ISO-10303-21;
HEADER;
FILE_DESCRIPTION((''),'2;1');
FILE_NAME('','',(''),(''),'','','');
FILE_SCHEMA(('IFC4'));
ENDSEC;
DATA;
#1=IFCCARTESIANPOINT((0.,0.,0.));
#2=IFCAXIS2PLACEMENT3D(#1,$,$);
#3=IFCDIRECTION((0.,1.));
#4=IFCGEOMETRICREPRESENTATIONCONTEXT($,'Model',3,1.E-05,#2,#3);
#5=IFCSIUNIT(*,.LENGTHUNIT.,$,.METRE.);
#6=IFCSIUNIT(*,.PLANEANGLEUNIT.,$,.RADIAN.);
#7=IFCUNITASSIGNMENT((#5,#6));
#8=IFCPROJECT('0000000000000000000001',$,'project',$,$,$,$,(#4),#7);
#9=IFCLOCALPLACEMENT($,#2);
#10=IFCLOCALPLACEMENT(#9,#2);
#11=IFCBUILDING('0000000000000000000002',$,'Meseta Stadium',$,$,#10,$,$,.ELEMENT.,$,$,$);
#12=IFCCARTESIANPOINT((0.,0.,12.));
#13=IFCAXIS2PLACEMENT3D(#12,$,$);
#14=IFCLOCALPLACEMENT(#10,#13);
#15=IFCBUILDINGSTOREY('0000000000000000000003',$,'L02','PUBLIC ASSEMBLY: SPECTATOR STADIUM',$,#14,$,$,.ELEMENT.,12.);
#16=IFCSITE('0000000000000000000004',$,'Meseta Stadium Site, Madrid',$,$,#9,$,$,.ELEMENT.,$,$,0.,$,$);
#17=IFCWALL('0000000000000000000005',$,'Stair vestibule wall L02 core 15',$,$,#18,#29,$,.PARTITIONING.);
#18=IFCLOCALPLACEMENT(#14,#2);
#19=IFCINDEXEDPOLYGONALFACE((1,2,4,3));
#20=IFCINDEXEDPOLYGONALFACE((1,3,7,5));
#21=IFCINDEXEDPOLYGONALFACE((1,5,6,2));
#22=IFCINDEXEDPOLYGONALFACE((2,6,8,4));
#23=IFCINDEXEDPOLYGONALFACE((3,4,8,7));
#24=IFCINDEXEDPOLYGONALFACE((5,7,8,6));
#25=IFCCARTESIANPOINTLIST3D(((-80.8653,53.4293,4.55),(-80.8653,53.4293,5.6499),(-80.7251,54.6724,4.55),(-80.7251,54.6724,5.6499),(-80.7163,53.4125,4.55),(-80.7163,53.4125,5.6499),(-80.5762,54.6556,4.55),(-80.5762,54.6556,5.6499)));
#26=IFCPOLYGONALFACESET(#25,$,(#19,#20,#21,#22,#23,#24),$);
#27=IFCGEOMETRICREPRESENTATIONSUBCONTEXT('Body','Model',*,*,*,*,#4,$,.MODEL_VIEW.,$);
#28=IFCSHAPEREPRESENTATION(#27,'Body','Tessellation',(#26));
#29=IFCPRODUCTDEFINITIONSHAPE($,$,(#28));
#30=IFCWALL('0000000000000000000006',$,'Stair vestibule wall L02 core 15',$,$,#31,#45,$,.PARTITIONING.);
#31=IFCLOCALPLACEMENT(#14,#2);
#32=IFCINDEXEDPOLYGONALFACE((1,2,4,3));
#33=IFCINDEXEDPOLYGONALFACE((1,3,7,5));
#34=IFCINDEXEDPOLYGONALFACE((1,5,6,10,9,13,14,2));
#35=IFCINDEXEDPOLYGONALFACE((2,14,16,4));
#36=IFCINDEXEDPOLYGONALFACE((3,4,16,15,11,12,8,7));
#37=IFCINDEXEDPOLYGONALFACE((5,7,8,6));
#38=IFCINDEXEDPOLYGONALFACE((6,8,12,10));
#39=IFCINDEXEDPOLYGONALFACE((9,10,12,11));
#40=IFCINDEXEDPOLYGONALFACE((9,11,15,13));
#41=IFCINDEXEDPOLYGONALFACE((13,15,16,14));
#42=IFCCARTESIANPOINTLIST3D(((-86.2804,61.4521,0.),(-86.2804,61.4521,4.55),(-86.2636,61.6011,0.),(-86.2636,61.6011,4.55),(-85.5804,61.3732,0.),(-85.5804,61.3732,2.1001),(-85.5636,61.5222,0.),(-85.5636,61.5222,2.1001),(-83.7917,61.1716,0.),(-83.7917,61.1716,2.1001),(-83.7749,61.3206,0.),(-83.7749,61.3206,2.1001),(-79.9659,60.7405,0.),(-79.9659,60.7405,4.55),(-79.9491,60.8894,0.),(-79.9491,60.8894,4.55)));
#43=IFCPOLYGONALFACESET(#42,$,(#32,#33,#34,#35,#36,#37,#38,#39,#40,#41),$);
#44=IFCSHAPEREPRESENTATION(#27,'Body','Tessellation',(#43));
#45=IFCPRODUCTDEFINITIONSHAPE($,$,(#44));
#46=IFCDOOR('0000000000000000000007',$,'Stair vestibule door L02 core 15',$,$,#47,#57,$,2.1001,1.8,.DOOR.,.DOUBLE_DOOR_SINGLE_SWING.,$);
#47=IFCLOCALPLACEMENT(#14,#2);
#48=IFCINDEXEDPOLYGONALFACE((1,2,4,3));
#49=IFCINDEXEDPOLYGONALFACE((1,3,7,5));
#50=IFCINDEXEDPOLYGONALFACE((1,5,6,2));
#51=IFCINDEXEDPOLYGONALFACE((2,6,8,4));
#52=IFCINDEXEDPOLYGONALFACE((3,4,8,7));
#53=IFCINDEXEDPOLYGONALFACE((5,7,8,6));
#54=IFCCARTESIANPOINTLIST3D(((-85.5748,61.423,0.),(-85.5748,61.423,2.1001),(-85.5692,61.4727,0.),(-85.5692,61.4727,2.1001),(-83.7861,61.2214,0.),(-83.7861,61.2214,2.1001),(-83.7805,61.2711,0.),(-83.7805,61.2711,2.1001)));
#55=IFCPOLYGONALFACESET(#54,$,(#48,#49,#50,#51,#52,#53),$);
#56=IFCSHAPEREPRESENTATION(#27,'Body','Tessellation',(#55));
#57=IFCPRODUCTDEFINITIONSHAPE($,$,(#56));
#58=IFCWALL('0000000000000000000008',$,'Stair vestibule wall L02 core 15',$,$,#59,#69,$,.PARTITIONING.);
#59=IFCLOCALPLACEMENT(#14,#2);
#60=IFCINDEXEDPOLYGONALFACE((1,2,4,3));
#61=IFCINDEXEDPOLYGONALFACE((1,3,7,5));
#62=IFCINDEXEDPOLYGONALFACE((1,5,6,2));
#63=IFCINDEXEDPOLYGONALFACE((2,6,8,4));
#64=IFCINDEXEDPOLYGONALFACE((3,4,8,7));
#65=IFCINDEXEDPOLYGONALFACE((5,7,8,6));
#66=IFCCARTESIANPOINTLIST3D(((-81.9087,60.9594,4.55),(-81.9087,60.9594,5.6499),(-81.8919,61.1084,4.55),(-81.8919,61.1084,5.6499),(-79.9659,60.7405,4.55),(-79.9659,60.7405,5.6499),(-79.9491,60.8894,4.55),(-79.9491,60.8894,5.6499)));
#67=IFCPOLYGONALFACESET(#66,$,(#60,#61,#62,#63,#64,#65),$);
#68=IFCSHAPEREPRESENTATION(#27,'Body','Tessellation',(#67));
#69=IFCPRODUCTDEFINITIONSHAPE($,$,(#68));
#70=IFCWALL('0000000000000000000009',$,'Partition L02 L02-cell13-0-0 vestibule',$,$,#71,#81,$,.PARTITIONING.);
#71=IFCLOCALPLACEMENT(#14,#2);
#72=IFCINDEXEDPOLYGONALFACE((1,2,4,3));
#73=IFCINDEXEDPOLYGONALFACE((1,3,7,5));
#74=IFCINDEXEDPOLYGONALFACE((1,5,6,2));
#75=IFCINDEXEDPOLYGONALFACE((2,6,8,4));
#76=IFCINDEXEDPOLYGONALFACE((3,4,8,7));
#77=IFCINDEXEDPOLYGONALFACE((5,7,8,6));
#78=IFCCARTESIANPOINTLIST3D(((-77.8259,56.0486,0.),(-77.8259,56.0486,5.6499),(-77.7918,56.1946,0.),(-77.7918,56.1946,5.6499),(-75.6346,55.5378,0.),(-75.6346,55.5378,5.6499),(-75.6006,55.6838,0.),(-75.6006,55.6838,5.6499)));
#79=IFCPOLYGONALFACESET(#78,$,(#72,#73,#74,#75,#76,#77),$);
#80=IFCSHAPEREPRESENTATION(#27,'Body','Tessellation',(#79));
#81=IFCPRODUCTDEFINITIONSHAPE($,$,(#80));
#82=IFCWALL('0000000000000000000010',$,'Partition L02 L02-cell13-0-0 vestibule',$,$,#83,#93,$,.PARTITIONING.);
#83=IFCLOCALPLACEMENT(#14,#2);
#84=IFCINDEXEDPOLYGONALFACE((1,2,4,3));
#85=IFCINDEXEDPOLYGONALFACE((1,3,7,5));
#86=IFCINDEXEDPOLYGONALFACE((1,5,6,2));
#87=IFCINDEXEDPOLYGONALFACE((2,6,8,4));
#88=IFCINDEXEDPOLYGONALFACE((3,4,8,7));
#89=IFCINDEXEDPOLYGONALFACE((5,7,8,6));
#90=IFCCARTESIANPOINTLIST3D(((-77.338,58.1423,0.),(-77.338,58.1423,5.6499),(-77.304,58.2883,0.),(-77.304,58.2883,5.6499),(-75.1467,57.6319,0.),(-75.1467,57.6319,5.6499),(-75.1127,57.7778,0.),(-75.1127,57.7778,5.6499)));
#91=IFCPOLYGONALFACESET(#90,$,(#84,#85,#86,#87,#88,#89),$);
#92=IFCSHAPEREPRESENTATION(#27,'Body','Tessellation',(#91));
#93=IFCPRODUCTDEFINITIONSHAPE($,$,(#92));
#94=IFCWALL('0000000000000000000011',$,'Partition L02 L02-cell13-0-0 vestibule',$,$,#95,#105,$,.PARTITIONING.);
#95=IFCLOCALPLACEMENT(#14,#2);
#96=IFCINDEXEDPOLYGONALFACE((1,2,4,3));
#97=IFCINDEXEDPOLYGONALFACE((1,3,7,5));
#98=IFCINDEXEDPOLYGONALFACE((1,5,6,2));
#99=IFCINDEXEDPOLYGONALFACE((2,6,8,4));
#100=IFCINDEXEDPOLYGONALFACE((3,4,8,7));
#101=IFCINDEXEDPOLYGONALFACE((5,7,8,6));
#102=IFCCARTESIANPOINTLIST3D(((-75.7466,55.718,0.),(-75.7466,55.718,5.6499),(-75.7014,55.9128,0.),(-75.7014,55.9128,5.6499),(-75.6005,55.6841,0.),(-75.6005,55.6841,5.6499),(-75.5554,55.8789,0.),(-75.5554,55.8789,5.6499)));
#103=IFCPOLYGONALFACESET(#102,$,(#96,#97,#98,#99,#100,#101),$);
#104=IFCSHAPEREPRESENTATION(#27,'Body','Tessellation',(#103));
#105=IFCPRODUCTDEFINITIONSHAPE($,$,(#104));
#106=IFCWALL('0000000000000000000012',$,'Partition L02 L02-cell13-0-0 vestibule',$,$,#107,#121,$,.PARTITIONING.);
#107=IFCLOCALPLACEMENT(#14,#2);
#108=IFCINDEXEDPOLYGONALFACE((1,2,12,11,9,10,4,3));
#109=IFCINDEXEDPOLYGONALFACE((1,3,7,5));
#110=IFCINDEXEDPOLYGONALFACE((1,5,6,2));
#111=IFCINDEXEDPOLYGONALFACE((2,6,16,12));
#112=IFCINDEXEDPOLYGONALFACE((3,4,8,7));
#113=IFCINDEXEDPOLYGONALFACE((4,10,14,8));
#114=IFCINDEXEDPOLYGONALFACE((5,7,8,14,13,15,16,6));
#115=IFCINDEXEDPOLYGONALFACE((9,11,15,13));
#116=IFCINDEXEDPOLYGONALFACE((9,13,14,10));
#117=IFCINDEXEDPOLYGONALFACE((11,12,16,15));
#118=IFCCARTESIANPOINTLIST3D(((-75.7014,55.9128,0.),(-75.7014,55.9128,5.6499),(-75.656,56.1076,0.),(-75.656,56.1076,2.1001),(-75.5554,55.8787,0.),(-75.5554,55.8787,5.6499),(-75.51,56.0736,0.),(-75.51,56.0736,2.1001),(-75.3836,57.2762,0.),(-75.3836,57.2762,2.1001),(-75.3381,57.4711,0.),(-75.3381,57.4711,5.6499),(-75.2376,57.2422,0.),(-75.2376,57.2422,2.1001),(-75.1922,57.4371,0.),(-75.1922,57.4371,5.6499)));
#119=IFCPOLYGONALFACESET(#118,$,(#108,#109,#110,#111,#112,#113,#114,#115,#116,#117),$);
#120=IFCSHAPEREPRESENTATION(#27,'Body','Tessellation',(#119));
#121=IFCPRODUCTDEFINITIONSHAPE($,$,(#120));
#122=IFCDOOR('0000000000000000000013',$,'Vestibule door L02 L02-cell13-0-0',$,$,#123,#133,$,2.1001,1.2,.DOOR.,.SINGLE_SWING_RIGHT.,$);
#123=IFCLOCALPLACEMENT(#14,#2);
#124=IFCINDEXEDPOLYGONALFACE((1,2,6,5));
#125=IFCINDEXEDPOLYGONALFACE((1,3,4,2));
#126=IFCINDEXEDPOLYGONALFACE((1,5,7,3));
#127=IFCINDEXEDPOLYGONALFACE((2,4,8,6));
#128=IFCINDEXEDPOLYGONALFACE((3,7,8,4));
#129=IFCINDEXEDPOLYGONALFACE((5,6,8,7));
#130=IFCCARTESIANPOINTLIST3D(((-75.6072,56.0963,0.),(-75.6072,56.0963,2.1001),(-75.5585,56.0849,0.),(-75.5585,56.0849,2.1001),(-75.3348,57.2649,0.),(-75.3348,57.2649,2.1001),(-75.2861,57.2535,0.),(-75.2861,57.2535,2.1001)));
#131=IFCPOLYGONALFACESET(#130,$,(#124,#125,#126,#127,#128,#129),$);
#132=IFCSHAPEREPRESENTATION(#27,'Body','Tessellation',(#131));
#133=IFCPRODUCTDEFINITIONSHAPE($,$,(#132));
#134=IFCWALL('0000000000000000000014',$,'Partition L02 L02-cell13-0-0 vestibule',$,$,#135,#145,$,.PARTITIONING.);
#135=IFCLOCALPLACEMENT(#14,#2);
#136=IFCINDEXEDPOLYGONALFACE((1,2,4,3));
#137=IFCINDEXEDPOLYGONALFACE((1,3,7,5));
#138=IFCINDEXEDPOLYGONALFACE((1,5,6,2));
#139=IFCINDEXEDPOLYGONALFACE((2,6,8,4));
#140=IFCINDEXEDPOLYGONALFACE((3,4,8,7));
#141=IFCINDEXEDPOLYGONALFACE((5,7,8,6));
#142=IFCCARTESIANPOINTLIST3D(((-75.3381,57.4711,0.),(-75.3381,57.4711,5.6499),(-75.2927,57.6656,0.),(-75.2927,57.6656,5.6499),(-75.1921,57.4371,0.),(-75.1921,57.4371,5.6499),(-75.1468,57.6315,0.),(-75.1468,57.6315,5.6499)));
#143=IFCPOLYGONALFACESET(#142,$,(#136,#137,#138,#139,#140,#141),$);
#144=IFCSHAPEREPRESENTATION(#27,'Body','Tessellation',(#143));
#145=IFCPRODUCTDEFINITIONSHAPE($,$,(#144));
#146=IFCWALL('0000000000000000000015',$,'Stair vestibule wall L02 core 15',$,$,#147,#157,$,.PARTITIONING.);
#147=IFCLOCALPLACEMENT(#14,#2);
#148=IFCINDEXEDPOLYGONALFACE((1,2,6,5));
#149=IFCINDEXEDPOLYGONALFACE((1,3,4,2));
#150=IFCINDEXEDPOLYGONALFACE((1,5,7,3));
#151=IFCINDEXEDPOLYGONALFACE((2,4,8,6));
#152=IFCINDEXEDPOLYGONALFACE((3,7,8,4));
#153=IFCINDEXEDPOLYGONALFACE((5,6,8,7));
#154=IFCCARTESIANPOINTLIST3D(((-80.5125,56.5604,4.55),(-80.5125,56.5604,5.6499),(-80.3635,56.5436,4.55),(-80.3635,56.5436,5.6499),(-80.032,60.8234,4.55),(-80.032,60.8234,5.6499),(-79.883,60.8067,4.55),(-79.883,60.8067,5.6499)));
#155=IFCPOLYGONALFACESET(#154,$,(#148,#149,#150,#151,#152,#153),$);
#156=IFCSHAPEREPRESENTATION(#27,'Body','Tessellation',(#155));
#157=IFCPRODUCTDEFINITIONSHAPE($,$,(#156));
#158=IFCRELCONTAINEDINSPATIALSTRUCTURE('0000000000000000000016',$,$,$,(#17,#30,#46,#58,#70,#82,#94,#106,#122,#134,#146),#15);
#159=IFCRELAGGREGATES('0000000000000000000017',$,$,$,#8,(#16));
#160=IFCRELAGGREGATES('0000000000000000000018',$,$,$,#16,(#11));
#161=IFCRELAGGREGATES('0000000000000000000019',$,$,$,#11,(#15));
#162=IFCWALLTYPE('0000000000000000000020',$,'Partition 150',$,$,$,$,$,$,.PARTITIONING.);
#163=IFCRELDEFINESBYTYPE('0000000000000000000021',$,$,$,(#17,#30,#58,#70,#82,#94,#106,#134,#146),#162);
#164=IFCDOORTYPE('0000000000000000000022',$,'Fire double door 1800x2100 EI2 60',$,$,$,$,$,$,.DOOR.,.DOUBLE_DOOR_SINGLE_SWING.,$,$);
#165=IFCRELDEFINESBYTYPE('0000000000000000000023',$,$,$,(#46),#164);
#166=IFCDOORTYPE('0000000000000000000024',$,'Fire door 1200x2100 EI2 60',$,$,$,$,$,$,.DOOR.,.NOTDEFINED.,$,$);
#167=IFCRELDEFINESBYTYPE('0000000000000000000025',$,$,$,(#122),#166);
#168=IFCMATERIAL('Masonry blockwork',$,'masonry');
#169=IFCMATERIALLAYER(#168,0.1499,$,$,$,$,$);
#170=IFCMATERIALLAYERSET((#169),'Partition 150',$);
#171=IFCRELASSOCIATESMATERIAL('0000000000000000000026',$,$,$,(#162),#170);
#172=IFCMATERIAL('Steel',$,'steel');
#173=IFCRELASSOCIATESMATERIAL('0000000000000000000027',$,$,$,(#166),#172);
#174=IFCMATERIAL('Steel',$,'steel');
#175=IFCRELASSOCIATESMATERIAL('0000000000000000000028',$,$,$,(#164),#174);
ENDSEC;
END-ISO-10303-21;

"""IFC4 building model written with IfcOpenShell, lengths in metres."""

from ifc_helpers import new_model, si_unit, direction, frame, frame_2d, origin, place, context, subcontext, project, spatial, rectangle, extrude, material, layer, layer_set, type_object, element, fill, save


model = new_model("IFC4")

# Units and contexts
model_context = context("Model", 3, precision=1e-05, world=origin(), true_north=direction((0.0, 1.0)))
body_context = subcontext(model_context, "Body", "Model", "MODEL_VIEW")
ifc_project = project(units=[si_unit("LENGTHUNIT", "METRE"), si_unit("PLANEANGLEUNIT", "RADIAN")], contexts=[model_context])

# Site, building, storey
site_placement = place(None, origin())
site = spatial("IfcSite", under=ifc_project, at=site_placement, Name="Meseta Stadium Site, Madrid", CompositionType="ELEMENT", RefElevation=0.0)
building_placement = place(site_placement, origin())
building = spatial("IfcBuilding", under=site, at=building_placement, Name="Meseta Stadium", CompositionType="ELEMENT")
storey_placement = place(building_placement, frame((0.0, 0.0, 12.0)))
storey = spatial("IfcBuildingStorey", under=building, at=storey_placement, Name="L02", Description="PUBLIC ASSEMBLY: SPECTATOR STADIUM", CompositionType="ELEMENT", Elevation=12.0)

# Shared definitions
ifc_material_1 = material(Name="Masonry blockwork", Category="masonry")
ifc_layer = layer(ifc_material_1, 0.1499)
ifc_layer_set = layer_set([ifc_layer], Name="Partition 150")
wall_type = type_object("IfcWallType", Name="Partition 150", PredefinedType="PARTITIONING", material=ifc_layer_set)
ifc_material_2 = material(Name="Steel", Category="steel")
door_type_1 = type_object("IfcDoorType", Name="Fire door 1200x2100 EI2 60", OperationType="NOTDEFINED", PredefinedType="DOOR", material=ifc_material_2)

# Shared definitions
ifc_material_3 = material(Name="Steel", Category="steel")
door_type_2 = type_object("IfcDoorType", Name="Fire double door 1800x2100 EI2 60", OperationType="DOUBLE_DOOR_SINGLE_SWING", PredefinedType="DOOR", material=ifc_material_3)

# Wall
wall_1_placement = place(storey_placement, frame((-80.7908, 53.4209, 4.55), z_axis=(0.0, 0.0, 1.0), x_axis=(0.112016, 0.993706, 0.0)))
element("IfcWall", 1, at=wall_1_placement, inside=storey, type_object=wall_type, Name="Stair vestibule wall L02 core 15", PredefinedType="PARTITIONING", context=body_context, shape_type="SweptSolid", body=[
    extrude(rectangle(XDim=1.251, YDim=0.1499, at=frame_2d((0.6255, 0.0))), origin(), (0.0, 0.0, 1.0), 1.0999),
])

# Wall, opening, door
wall_2_placement = place(storey_placement, frame((-79.9575, 60.8149, 0.0), z_axis=(0.0, 0.0, 1.0), x_axis=(-0.993709, 0.111996, 0.0)))
wall_2 = element("IfcWall", 2, at=wall_2_placement, inside=storey, type_object=wall_type, Name="Stair vestibule wall L02 core 15", PredefinedType="PARTITIONING", context=body_context, shape_type="SweptSolid", body=[
    extrude(rectangle(XDim=6.3545, YDim=0.1499, at=frame_2d((3.1772, 0.0))), origin(), (0.0, 0.0, 1.0), 4.55),
])
opening_1_placement = place(wall_2_placement, frame((3.8501, 0.0, 0.0)))
opening_1 = element("IfcOpeningElement", 3, at=opening_1_placement, cuts=wall_2, PredefinedType="OPENING", context=body_context, shape_type="SweptSolid", body=[
    extrude(rectangle(XDim=1.8, YDim=2.1001, at=frame_2d((0.8999, 1.05))), frame((0.0, 0.085, 0.0), z_axis=(0.0, -1.0, 0.0), x_axis=(1.0, 0.0, 0.0)), (0.0, 0.0, 1.0), 0.1699),
])
door_1_placement = place(opening_1_placement, origin())
door_1 = element("IfcDoor", 4, at=door_1_placement, inside=storey, type_object=door_type_2, Name="Stair vestibule door L02 core 15", OperationType="DOUBLE_DOOR_SINGLE_SWING", OverallHeight=2.1001, OverallWidth=1.8, PredefinedType="DOOR", context=body_context, shape_type="SweptSolid", body=[
    extrude(rectangle(XDim=1.8, YDim=2.1001, at=frame_2d((0.8999, 1.05))), frame((0.0, 0.0249, 0.0), z_axis=(0.0, -1.0, 0.0), x_axis=(1.0, 0.0, 0.0)), (0.0, 0.0, 1.0), 0.05),
])
fill(opening_1, door_1)

# Walls
wall_3_placement = place(storey_placement, frame((-79.9575, 60.8149, 4.55), z_axis=(0.0, 0.0, 1.0), x_axis=(-0.993707, 0.112007, 0.0)))
element("IfcWall", 5, at=wall_3_placement, inside=storey, type_object=wall_type, Name="Stair vestibule wall L02 core 15", PredefinedType="PARTITIONING", context=body_context, shape_type="SweptSolid", body=[
    extrude(rectangle(XDim=1.9551, YDim=0.1499, at=frame_2d((0.9775, 0.0))), origin(), (0.0, 0.0, 1.0), 1.0999),
])
for number, where, z_axis, x_axis, name in (
    (6, (-77.8088, 56.1216, 0.0), (0.0, 0.0, 1.0), (0.973893, -0.227007, 0.0), "Partition L02 L02-cell13-0-0 vestibule"),
    (7, (-77.321, 58.2153, 0.0), (0.0, 0.0, 1.0), (0.973923, -0.22688, 0.0), "Partition L02 L02-cell13-0-0 vestibule"),
):
    element("IfcWall", number, at=place(storey_placement, frame(where, z_axis=z_axis, x_axis=x_axis)), inside=storey, type_object=wall_type, Name=name, PredefinedType="PARTITIONING", context=body_context, shape_type="SweptSolid", body=[
        extrude(rectangle(XDim=2.25, YDim=0.1499, at=frame_2d((1.125, 0.0))), origin(), (0.0, 0.0, 1.0), 5.6499),
    ])
wall_4_placement = place(storey_placement, frame((-75.6736, 55.7009, 0.0), z_axis=(0.0, 0.0, 1.0), x_axis=(0.22584, 0.974164, 0.0)))
element("IfcWall", 8, at=wall_4_placement, inside=storey, type_object=wall_type, Name="Partition L02 L02-cell13-0-0 vestibule", PredefinedType="PARTITIONING", context=body_context, shape_type="SweptSolid", body=[
    extrude(rectangle(XDim=0.2, YDim=0.1499, at=frame_2d((0.1001, 0.0))), origin(), (0.0, 0.0, 1.0), 5.6499),
])

# Wall, opening, door
wall_5_placement = place(storey_placement, frame((-75.6284, 55.8958, 0.0), z_axis=(0.0, 0.0, 1.0), x_axis=(0.227032, 0.973887, 0.0)))
wall_5 = element("IfcWall", 9, at=wall_5_placement, inside=storey, type_object=wall_type, Name="Partition L02 L02-cell13-0-0 vestibule", PredefinedType="PARTITIONING", context=body_context, shape_type="SweptSolid", body=[
    extrude(rectangle(XDim=1.6001, YDim=0.1499, at=frame_2d((0.8, 0.0))), origin(), (0.0, 0.0, 1.0), 5.6499),
])
opening_2_placement = place(wall_5_placement, frame((0.2, 0.0, 0.0)))
opening_2 = element("IfcOpeningElement", 10, at=opening_2_placement, cuts=wall_5, PredefinedType="OPENING", context=body_context, shape_type="SweptSolid", body=[
    extrude(rectangle(XDim=1.2, YDim=2.1001, at=frame_2d((0.6001, 1.05))), frame((0.0, 0.085, 0.0), z_axis=(0.0, -1.0, 0.0), x_axis=(1.0, 0.0, 0.0)), (0.0, 0.0, 1.0), 0.1699),
])
door_2_placement = place(opening_2_placement, origin())
door_2 = element("IfcDoor", 11, at=door_2_placement, inside=storey, type_object=door_type_1, Name="Vestibule door L02 L02-cell13-0-0", OperationType="SINGLE_SWING_RIGHT", OverallHeight=2.1001, OverallWidth=1.2, PredefinedType="DOOR", context=body_context, shape_type="SweptSolid", body=[
    extrude(rectangle(XDim=1.2, YDim=2.1001, at=frame_2d((0.6001, 1.05))), frame((0.0, 0.0249, 0.0), z_axis=(0.0, -1.0, 0.0), x_axis=(1.0, 0.0, 0.0)), (0.0, 0.0, 1.0), 0.05),
])
fill(opening_2, door_2)

# Walls
wall_6_placement = place(storey_placement, frame((-75.2651, 57.4541, 0.0), z_axis=(0.0, 0.0, 1.0), x_axis=(0.227268, 0.973832, 0.0)))
element("IfcWall", 12, at=wall_6_placement, inside=storey, type_object=wall_type, Name="Partition L02 L02-cell13-0-0 vestibule", PredefinedType="PARTITIONING", context=body_context, shape_type="SweptSolid", body=[
    extrude(rectangle(XDim=0.1997, YDim=0.1499, at=frame_2d((0.0999, 0.0))), origin(), (0.0, 0.0, 1.0), 5.6499),
])
wall_7_placement = place(storey_placement, frame((-80.438, 56.552, 4.55), z_axis=(0.0, 0.0, 1.0), x_axis=(0.111999, 0.993708, 0.0)))
element("IfcWall", 13, at=wall_7_placement, inside=storey, type_object=wall_type, Name="Stair vestibule wall L02 core 15", PredefinedType="PARTITIONING", context=body_context, shape_type="SweptSolid", body=[
    extrude(rectangle(XDim=4.29, YDim=0.1499, at=frame_2d((2.145, 0.0))), origin(), (0.0, 0.0, 1.0), 1.0999),
])

save(model, "model.ifc")
